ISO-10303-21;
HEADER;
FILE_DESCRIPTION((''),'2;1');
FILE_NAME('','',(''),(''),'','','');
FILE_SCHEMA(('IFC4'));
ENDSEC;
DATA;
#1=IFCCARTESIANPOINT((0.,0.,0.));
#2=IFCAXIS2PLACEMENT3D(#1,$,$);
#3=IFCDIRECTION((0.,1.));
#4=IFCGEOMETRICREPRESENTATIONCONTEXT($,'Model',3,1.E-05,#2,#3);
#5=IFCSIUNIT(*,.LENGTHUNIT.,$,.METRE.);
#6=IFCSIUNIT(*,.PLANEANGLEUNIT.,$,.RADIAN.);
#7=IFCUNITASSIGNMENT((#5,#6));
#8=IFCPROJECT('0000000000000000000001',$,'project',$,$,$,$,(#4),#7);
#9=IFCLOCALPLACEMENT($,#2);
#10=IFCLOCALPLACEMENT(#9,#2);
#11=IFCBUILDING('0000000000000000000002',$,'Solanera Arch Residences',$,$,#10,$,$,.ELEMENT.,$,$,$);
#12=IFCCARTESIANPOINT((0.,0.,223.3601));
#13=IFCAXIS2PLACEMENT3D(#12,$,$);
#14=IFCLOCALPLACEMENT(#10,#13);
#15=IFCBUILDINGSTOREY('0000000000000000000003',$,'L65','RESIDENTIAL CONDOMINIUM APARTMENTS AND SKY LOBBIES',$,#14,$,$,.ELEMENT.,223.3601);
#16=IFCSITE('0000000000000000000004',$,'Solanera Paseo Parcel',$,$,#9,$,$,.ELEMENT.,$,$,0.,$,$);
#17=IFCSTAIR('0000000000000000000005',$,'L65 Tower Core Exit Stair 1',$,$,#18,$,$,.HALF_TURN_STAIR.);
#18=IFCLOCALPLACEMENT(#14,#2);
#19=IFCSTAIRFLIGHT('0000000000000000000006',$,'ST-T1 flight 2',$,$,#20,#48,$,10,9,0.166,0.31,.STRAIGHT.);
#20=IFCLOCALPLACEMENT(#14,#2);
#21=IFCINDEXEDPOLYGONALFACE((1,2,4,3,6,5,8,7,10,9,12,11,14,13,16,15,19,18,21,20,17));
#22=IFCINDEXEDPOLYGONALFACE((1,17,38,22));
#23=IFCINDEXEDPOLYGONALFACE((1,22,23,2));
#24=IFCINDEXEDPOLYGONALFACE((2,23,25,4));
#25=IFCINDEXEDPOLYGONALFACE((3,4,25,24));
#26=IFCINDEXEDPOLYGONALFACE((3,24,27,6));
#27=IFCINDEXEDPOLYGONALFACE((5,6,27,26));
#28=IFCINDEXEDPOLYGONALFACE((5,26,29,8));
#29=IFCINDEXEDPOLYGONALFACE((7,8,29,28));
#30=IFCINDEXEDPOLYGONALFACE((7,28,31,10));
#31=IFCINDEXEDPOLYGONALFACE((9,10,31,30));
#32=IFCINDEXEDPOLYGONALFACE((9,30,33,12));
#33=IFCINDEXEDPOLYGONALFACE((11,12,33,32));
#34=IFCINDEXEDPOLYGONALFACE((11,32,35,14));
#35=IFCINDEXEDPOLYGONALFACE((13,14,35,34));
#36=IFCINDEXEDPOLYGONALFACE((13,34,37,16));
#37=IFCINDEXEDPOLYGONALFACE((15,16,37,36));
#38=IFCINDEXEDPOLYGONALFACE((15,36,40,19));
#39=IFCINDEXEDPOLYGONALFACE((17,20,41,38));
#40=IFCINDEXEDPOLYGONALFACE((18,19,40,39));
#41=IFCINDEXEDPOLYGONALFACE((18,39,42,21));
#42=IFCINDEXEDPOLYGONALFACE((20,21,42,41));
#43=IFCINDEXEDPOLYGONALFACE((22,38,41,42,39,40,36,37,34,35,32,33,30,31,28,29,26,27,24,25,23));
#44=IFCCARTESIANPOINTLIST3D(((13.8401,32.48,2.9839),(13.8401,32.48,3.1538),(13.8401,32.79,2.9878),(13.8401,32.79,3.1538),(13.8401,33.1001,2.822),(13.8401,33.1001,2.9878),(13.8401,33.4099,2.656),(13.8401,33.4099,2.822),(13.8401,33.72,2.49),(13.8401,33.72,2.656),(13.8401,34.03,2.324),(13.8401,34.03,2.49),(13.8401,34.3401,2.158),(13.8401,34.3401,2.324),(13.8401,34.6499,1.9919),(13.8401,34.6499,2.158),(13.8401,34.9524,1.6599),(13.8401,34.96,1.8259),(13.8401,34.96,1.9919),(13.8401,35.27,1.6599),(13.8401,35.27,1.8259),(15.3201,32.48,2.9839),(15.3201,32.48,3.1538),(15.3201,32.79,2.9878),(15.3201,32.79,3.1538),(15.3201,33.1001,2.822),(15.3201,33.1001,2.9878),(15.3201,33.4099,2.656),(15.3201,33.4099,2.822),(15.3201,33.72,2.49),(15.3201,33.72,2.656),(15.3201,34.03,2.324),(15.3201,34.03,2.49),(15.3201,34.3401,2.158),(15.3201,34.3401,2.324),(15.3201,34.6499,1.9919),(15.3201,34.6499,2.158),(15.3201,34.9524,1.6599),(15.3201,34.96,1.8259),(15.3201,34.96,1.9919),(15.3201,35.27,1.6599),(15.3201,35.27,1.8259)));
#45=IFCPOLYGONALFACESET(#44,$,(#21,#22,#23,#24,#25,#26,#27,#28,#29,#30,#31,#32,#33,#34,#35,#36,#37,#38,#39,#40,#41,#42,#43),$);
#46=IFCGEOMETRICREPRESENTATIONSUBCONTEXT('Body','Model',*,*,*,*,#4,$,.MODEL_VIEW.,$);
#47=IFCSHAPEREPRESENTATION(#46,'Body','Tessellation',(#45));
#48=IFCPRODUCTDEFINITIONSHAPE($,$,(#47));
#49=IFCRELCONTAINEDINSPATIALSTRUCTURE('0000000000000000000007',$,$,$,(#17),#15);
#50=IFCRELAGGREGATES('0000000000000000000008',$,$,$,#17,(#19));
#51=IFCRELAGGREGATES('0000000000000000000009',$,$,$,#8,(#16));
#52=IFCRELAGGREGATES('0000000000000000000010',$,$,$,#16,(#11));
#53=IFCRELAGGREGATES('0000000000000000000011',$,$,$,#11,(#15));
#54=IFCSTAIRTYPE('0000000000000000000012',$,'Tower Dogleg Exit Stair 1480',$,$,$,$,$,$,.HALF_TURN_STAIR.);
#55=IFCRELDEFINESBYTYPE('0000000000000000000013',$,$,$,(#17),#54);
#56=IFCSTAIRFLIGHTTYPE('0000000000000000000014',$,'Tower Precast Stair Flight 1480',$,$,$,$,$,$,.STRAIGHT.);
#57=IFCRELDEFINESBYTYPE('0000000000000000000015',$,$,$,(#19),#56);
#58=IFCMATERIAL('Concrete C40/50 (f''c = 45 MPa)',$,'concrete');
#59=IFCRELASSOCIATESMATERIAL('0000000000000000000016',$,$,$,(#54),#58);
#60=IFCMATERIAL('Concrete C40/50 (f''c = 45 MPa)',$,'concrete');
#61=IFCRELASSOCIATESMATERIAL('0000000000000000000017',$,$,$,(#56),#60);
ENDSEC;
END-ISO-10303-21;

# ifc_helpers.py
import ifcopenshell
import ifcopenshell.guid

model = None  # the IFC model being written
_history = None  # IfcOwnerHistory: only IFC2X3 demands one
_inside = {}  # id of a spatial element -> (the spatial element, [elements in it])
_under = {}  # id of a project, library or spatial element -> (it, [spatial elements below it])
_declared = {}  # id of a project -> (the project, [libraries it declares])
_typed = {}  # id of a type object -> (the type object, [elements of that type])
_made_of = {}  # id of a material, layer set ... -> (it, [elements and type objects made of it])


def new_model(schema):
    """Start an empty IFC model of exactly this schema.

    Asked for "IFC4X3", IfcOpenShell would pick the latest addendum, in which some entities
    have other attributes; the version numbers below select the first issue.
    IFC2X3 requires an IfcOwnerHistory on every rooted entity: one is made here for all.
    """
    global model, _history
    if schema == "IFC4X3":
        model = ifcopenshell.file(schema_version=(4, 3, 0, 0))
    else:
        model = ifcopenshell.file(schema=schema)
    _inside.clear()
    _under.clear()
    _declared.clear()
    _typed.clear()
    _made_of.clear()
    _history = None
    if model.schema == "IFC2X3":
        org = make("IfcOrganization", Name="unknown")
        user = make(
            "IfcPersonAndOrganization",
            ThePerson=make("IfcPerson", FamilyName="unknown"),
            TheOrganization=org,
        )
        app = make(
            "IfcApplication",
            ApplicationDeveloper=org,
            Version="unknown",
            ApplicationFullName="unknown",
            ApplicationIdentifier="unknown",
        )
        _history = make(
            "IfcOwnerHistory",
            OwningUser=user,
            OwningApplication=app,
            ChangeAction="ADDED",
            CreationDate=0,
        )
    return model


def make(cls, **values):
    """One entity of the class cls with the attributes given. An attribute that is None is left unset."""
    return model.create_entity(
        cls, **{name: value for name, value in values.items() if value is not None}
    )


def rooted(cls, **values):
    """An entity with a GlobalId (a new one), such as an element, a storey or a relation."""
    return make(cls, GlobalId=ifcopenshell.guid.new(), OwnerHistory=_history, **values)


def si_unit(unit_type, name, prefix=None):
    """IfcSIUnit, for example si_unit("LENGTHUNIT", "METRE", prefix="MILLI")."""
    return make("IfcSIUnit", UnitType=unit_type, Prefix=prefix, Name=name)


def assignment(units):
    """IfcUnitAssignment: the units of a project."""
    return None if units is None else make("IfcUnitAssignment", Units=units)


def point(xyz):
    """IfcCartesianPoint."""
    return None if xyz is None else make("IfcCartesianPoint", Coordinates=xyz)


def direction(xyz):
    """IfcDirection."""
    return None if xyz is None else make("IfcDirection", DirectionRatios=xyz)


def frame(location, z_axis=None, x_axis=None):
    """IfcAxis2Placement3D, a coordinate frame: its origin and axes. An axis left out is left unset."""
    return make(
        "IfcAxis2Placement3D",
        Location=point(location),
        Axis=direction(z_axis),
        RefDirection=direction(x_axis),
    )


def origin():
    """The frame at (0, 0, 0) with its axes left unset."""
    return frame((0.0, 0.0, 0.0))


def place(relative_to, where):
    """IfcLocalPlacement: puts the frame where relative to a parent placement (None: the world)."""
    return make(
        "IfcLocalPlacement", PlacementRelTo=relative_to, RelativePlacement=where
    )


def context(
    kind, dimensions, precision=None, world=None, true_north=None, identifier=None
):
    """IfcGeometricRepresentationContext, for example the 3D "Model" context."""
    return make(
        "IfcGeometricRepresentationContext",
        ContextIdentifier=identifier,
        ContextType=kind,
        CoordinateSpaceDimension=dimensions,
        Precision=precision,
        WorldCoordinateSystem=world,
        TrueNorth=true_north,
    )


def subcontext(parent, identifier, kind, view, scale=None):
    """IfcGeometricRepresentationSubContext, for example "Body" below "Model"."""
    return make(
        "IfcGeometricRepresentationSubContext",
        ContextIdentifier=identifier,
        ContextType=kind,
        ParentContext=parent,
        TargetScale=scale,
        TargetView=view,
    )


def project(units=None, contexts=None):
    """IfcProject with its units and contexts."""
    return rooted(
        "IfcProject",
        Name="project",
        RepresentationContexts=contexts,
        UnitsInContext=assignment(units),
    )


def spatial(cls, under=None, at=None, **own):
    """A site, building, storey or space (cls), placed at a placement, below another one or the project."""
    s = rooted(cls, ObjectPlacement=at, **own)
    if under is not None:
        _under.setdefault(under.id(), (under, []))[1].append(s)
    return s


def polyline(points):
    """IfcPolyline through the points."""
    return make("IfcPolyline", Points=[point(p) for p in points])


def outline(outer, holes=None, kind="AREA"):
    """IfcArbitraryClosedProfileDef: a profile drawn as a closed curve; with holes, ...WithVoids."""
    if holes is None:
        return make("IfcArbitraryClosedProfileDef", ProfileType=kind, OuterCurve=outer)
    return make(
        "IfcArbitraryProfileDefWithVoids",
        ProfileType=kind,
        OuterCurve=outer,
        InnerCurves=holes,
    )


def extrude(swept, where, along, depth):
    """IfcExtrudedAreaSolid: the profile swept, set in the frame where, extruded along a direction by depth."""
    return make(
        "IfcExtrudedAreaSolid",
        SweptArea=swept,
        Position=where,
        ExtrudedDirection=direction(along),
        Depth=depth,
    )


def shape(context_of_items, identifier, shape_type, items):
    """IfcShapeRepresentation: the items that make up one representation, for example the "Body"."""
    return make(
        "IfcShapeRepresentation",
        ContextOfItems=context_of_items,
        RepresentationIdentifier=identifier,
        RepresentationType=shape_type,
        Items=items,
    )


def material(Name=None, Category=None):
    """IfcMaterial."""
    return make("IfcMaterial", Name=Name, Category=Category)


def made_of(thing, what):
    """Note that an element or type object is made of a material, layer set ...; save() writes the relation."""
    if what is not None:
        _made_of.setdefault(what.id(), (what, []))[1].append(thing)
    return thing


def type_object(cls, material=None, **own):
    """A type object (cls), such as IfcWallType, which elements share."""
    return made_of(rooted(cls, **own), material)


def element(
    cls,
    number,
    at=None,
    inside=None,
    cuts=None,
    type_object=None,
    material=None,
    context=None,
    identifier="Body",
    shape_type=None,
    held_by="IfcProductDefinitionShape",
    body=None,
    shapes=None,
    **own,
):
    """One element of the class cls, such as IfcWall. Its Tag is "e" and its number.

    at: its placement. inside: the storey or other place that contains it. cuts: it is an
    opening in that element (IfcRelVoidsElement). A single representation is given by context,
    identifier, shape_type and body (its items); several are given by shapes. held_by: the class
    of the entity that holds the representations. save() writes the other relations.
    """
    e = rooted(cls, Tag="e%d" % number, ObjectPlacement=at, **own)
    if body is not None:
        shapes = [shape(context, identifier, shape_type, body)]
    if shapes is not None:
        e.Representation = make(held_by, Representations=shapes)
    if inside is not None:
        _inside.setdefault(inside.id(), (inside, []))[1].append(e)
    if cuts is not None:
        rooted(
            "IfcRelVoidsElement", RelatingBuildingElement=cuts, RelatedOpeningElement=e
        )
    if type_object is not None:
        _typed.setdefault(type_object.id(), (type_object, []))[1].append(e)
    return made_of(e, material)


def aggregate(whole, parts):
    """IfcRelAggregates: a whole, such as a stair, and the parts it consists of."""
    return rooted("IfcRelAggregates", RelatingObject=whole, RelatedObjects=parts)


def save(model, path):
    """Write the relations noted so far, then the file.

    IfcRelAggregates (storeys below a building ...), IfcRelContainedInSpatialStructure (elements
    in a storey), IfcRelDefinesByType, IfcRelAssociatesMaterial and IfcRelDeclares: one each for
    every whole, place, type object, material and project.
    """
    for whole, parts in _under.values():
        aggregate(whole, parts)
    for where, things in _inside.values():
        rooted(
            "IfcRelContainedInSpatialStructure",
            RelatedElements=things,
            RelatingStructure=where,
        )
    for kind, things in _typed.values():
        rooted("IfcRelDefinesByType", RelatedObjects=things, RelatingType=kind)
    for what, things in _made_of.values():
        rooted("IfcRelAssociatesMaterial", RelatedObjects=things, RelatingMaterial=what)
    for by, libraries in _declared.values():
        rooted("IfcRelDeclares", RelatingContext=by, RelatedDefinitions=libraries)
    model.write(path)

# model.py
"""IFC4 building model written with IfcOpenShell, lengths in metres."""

from ifc_helpers import new_model, si_unit, direction, frame, origin, place, context, subcontext, project, spatial, polyline, outline, extrude, material, type_object, element, aggregate, save


model = new_model("IFC4")

# Units and contexts
model_context = context("Model", 3, precision=1e-05, world=origin(), true_north=direction((0.0, 1.0)))
body_context = subcontext(model_context, "Body", "Model", "MODEL_VIEW")
ifc_project = project(units=[si_unit("LENGTHUNIT", "METRE"), si_unit("PLANEANGLEUNIT", "RADIAN")], contexts=[model_context])

# Site, building, storey
site_placement = place(None, origin())
site = spatial("IfcSite", under=ifc_project, at=site_placement, Name="Solanera Paseo Parcel", CompositionType="ELEMENT", RefElevation=0.0)
building_placement = place(site_placement, origin())
building = spatial("IfcBuilding", under=site, at=building_placement, Name="Solanera Arch Residences", CompositionType="ELEMENT")
storey_placement = place(building_placement, frame((0.0, 0.0, 223.3601)))
storey = spatial("IfcBuildingStorey", under=building, at=storey_placement, Name="L65", Description="RESIDENTIAL CONDOMINIUM APARTMENTS AND SKY LOBBIES", CompositionType="ELEMENT", Elevation=223.3601)

# Stair, stair flight
ifc_material_1 = material(Name="Concrete C40/50 (f'c = 45 MPa)", Category="concrete")
stair_type = type_object("IfcStairType", Name="Tower Dogleg Exit Stair 1480", PredefinedType="HALF_TURN_STAIR", material=ifc_material_1)
stair_placement = place(storey_placement, origin())
stair = element("IfcStair", 1, at=stair_placement, inside=storey, type_object=stair_type, Name="L65 Tower Core Exit Stair 1", PredefinedType="HALF_TURN_STAIR")
ifc_material_2 = material(Name="Concrete C40/50 (f'c = 45 MPa)", Category="concrete")
stair_flight_type = type_object("IfcStairFlightType", Name="Tower Precast Stair Flight 1480", PredefinedType="STRAIGHT", material=ifc_material_2)
stair_flight_placement = place(storey_placement, frame((14.5801, 35.27, 1.6599), z_axis=(0.0, 0.0, 1.0), x_axis=(0.0, -1.0, 0.0)))
stair_flight = element("IfcStairFlight", 2, at=stair_flight_placement, type_object=stair_flight_type, Name="ST-T1 flight 2", NumberOfRisers=10, NumberOfTreads=9, PredefinedType="STRAIGHT", RiserHeight=0.166, TreadLength=0.31, context=body_context, shape_type="SweptSolid", body=[
    extrude(outline(polyline([(0.0, 0.0), (0.0, 0.166), (0.3101, 0.166), (0.3101, 0.332), (0.6201, 0.332), (0.6201, 0.498), (0.9299, 0.498), (0.9299, 0.6641), (1.24, 0.6641), (1.24, 0.8301), (1.55, 0.8301), (1.55, 0.9961), (1.8601, 0.9961), (1.8601, 1.1621), (2.1699, 1.1621), (2.1699, 1.3279), (2.48, 1.3279), (2.48, 1.4939), (2.79, 1.4939), (2.79, 1.6599), (2.79, 1.324), (0.3176, 0.0), (0.0, 0.0)])), frame((0.0, 0.74, 0.0), z_axis=(0.0, -1.0, 0.0), x_axis=(1.0, 0.0, 0.0)), (0.0, 0.0, 1.0), 1.48),
])
aggregate(stair, [stair_flight])

save(model, "model.ifc")
